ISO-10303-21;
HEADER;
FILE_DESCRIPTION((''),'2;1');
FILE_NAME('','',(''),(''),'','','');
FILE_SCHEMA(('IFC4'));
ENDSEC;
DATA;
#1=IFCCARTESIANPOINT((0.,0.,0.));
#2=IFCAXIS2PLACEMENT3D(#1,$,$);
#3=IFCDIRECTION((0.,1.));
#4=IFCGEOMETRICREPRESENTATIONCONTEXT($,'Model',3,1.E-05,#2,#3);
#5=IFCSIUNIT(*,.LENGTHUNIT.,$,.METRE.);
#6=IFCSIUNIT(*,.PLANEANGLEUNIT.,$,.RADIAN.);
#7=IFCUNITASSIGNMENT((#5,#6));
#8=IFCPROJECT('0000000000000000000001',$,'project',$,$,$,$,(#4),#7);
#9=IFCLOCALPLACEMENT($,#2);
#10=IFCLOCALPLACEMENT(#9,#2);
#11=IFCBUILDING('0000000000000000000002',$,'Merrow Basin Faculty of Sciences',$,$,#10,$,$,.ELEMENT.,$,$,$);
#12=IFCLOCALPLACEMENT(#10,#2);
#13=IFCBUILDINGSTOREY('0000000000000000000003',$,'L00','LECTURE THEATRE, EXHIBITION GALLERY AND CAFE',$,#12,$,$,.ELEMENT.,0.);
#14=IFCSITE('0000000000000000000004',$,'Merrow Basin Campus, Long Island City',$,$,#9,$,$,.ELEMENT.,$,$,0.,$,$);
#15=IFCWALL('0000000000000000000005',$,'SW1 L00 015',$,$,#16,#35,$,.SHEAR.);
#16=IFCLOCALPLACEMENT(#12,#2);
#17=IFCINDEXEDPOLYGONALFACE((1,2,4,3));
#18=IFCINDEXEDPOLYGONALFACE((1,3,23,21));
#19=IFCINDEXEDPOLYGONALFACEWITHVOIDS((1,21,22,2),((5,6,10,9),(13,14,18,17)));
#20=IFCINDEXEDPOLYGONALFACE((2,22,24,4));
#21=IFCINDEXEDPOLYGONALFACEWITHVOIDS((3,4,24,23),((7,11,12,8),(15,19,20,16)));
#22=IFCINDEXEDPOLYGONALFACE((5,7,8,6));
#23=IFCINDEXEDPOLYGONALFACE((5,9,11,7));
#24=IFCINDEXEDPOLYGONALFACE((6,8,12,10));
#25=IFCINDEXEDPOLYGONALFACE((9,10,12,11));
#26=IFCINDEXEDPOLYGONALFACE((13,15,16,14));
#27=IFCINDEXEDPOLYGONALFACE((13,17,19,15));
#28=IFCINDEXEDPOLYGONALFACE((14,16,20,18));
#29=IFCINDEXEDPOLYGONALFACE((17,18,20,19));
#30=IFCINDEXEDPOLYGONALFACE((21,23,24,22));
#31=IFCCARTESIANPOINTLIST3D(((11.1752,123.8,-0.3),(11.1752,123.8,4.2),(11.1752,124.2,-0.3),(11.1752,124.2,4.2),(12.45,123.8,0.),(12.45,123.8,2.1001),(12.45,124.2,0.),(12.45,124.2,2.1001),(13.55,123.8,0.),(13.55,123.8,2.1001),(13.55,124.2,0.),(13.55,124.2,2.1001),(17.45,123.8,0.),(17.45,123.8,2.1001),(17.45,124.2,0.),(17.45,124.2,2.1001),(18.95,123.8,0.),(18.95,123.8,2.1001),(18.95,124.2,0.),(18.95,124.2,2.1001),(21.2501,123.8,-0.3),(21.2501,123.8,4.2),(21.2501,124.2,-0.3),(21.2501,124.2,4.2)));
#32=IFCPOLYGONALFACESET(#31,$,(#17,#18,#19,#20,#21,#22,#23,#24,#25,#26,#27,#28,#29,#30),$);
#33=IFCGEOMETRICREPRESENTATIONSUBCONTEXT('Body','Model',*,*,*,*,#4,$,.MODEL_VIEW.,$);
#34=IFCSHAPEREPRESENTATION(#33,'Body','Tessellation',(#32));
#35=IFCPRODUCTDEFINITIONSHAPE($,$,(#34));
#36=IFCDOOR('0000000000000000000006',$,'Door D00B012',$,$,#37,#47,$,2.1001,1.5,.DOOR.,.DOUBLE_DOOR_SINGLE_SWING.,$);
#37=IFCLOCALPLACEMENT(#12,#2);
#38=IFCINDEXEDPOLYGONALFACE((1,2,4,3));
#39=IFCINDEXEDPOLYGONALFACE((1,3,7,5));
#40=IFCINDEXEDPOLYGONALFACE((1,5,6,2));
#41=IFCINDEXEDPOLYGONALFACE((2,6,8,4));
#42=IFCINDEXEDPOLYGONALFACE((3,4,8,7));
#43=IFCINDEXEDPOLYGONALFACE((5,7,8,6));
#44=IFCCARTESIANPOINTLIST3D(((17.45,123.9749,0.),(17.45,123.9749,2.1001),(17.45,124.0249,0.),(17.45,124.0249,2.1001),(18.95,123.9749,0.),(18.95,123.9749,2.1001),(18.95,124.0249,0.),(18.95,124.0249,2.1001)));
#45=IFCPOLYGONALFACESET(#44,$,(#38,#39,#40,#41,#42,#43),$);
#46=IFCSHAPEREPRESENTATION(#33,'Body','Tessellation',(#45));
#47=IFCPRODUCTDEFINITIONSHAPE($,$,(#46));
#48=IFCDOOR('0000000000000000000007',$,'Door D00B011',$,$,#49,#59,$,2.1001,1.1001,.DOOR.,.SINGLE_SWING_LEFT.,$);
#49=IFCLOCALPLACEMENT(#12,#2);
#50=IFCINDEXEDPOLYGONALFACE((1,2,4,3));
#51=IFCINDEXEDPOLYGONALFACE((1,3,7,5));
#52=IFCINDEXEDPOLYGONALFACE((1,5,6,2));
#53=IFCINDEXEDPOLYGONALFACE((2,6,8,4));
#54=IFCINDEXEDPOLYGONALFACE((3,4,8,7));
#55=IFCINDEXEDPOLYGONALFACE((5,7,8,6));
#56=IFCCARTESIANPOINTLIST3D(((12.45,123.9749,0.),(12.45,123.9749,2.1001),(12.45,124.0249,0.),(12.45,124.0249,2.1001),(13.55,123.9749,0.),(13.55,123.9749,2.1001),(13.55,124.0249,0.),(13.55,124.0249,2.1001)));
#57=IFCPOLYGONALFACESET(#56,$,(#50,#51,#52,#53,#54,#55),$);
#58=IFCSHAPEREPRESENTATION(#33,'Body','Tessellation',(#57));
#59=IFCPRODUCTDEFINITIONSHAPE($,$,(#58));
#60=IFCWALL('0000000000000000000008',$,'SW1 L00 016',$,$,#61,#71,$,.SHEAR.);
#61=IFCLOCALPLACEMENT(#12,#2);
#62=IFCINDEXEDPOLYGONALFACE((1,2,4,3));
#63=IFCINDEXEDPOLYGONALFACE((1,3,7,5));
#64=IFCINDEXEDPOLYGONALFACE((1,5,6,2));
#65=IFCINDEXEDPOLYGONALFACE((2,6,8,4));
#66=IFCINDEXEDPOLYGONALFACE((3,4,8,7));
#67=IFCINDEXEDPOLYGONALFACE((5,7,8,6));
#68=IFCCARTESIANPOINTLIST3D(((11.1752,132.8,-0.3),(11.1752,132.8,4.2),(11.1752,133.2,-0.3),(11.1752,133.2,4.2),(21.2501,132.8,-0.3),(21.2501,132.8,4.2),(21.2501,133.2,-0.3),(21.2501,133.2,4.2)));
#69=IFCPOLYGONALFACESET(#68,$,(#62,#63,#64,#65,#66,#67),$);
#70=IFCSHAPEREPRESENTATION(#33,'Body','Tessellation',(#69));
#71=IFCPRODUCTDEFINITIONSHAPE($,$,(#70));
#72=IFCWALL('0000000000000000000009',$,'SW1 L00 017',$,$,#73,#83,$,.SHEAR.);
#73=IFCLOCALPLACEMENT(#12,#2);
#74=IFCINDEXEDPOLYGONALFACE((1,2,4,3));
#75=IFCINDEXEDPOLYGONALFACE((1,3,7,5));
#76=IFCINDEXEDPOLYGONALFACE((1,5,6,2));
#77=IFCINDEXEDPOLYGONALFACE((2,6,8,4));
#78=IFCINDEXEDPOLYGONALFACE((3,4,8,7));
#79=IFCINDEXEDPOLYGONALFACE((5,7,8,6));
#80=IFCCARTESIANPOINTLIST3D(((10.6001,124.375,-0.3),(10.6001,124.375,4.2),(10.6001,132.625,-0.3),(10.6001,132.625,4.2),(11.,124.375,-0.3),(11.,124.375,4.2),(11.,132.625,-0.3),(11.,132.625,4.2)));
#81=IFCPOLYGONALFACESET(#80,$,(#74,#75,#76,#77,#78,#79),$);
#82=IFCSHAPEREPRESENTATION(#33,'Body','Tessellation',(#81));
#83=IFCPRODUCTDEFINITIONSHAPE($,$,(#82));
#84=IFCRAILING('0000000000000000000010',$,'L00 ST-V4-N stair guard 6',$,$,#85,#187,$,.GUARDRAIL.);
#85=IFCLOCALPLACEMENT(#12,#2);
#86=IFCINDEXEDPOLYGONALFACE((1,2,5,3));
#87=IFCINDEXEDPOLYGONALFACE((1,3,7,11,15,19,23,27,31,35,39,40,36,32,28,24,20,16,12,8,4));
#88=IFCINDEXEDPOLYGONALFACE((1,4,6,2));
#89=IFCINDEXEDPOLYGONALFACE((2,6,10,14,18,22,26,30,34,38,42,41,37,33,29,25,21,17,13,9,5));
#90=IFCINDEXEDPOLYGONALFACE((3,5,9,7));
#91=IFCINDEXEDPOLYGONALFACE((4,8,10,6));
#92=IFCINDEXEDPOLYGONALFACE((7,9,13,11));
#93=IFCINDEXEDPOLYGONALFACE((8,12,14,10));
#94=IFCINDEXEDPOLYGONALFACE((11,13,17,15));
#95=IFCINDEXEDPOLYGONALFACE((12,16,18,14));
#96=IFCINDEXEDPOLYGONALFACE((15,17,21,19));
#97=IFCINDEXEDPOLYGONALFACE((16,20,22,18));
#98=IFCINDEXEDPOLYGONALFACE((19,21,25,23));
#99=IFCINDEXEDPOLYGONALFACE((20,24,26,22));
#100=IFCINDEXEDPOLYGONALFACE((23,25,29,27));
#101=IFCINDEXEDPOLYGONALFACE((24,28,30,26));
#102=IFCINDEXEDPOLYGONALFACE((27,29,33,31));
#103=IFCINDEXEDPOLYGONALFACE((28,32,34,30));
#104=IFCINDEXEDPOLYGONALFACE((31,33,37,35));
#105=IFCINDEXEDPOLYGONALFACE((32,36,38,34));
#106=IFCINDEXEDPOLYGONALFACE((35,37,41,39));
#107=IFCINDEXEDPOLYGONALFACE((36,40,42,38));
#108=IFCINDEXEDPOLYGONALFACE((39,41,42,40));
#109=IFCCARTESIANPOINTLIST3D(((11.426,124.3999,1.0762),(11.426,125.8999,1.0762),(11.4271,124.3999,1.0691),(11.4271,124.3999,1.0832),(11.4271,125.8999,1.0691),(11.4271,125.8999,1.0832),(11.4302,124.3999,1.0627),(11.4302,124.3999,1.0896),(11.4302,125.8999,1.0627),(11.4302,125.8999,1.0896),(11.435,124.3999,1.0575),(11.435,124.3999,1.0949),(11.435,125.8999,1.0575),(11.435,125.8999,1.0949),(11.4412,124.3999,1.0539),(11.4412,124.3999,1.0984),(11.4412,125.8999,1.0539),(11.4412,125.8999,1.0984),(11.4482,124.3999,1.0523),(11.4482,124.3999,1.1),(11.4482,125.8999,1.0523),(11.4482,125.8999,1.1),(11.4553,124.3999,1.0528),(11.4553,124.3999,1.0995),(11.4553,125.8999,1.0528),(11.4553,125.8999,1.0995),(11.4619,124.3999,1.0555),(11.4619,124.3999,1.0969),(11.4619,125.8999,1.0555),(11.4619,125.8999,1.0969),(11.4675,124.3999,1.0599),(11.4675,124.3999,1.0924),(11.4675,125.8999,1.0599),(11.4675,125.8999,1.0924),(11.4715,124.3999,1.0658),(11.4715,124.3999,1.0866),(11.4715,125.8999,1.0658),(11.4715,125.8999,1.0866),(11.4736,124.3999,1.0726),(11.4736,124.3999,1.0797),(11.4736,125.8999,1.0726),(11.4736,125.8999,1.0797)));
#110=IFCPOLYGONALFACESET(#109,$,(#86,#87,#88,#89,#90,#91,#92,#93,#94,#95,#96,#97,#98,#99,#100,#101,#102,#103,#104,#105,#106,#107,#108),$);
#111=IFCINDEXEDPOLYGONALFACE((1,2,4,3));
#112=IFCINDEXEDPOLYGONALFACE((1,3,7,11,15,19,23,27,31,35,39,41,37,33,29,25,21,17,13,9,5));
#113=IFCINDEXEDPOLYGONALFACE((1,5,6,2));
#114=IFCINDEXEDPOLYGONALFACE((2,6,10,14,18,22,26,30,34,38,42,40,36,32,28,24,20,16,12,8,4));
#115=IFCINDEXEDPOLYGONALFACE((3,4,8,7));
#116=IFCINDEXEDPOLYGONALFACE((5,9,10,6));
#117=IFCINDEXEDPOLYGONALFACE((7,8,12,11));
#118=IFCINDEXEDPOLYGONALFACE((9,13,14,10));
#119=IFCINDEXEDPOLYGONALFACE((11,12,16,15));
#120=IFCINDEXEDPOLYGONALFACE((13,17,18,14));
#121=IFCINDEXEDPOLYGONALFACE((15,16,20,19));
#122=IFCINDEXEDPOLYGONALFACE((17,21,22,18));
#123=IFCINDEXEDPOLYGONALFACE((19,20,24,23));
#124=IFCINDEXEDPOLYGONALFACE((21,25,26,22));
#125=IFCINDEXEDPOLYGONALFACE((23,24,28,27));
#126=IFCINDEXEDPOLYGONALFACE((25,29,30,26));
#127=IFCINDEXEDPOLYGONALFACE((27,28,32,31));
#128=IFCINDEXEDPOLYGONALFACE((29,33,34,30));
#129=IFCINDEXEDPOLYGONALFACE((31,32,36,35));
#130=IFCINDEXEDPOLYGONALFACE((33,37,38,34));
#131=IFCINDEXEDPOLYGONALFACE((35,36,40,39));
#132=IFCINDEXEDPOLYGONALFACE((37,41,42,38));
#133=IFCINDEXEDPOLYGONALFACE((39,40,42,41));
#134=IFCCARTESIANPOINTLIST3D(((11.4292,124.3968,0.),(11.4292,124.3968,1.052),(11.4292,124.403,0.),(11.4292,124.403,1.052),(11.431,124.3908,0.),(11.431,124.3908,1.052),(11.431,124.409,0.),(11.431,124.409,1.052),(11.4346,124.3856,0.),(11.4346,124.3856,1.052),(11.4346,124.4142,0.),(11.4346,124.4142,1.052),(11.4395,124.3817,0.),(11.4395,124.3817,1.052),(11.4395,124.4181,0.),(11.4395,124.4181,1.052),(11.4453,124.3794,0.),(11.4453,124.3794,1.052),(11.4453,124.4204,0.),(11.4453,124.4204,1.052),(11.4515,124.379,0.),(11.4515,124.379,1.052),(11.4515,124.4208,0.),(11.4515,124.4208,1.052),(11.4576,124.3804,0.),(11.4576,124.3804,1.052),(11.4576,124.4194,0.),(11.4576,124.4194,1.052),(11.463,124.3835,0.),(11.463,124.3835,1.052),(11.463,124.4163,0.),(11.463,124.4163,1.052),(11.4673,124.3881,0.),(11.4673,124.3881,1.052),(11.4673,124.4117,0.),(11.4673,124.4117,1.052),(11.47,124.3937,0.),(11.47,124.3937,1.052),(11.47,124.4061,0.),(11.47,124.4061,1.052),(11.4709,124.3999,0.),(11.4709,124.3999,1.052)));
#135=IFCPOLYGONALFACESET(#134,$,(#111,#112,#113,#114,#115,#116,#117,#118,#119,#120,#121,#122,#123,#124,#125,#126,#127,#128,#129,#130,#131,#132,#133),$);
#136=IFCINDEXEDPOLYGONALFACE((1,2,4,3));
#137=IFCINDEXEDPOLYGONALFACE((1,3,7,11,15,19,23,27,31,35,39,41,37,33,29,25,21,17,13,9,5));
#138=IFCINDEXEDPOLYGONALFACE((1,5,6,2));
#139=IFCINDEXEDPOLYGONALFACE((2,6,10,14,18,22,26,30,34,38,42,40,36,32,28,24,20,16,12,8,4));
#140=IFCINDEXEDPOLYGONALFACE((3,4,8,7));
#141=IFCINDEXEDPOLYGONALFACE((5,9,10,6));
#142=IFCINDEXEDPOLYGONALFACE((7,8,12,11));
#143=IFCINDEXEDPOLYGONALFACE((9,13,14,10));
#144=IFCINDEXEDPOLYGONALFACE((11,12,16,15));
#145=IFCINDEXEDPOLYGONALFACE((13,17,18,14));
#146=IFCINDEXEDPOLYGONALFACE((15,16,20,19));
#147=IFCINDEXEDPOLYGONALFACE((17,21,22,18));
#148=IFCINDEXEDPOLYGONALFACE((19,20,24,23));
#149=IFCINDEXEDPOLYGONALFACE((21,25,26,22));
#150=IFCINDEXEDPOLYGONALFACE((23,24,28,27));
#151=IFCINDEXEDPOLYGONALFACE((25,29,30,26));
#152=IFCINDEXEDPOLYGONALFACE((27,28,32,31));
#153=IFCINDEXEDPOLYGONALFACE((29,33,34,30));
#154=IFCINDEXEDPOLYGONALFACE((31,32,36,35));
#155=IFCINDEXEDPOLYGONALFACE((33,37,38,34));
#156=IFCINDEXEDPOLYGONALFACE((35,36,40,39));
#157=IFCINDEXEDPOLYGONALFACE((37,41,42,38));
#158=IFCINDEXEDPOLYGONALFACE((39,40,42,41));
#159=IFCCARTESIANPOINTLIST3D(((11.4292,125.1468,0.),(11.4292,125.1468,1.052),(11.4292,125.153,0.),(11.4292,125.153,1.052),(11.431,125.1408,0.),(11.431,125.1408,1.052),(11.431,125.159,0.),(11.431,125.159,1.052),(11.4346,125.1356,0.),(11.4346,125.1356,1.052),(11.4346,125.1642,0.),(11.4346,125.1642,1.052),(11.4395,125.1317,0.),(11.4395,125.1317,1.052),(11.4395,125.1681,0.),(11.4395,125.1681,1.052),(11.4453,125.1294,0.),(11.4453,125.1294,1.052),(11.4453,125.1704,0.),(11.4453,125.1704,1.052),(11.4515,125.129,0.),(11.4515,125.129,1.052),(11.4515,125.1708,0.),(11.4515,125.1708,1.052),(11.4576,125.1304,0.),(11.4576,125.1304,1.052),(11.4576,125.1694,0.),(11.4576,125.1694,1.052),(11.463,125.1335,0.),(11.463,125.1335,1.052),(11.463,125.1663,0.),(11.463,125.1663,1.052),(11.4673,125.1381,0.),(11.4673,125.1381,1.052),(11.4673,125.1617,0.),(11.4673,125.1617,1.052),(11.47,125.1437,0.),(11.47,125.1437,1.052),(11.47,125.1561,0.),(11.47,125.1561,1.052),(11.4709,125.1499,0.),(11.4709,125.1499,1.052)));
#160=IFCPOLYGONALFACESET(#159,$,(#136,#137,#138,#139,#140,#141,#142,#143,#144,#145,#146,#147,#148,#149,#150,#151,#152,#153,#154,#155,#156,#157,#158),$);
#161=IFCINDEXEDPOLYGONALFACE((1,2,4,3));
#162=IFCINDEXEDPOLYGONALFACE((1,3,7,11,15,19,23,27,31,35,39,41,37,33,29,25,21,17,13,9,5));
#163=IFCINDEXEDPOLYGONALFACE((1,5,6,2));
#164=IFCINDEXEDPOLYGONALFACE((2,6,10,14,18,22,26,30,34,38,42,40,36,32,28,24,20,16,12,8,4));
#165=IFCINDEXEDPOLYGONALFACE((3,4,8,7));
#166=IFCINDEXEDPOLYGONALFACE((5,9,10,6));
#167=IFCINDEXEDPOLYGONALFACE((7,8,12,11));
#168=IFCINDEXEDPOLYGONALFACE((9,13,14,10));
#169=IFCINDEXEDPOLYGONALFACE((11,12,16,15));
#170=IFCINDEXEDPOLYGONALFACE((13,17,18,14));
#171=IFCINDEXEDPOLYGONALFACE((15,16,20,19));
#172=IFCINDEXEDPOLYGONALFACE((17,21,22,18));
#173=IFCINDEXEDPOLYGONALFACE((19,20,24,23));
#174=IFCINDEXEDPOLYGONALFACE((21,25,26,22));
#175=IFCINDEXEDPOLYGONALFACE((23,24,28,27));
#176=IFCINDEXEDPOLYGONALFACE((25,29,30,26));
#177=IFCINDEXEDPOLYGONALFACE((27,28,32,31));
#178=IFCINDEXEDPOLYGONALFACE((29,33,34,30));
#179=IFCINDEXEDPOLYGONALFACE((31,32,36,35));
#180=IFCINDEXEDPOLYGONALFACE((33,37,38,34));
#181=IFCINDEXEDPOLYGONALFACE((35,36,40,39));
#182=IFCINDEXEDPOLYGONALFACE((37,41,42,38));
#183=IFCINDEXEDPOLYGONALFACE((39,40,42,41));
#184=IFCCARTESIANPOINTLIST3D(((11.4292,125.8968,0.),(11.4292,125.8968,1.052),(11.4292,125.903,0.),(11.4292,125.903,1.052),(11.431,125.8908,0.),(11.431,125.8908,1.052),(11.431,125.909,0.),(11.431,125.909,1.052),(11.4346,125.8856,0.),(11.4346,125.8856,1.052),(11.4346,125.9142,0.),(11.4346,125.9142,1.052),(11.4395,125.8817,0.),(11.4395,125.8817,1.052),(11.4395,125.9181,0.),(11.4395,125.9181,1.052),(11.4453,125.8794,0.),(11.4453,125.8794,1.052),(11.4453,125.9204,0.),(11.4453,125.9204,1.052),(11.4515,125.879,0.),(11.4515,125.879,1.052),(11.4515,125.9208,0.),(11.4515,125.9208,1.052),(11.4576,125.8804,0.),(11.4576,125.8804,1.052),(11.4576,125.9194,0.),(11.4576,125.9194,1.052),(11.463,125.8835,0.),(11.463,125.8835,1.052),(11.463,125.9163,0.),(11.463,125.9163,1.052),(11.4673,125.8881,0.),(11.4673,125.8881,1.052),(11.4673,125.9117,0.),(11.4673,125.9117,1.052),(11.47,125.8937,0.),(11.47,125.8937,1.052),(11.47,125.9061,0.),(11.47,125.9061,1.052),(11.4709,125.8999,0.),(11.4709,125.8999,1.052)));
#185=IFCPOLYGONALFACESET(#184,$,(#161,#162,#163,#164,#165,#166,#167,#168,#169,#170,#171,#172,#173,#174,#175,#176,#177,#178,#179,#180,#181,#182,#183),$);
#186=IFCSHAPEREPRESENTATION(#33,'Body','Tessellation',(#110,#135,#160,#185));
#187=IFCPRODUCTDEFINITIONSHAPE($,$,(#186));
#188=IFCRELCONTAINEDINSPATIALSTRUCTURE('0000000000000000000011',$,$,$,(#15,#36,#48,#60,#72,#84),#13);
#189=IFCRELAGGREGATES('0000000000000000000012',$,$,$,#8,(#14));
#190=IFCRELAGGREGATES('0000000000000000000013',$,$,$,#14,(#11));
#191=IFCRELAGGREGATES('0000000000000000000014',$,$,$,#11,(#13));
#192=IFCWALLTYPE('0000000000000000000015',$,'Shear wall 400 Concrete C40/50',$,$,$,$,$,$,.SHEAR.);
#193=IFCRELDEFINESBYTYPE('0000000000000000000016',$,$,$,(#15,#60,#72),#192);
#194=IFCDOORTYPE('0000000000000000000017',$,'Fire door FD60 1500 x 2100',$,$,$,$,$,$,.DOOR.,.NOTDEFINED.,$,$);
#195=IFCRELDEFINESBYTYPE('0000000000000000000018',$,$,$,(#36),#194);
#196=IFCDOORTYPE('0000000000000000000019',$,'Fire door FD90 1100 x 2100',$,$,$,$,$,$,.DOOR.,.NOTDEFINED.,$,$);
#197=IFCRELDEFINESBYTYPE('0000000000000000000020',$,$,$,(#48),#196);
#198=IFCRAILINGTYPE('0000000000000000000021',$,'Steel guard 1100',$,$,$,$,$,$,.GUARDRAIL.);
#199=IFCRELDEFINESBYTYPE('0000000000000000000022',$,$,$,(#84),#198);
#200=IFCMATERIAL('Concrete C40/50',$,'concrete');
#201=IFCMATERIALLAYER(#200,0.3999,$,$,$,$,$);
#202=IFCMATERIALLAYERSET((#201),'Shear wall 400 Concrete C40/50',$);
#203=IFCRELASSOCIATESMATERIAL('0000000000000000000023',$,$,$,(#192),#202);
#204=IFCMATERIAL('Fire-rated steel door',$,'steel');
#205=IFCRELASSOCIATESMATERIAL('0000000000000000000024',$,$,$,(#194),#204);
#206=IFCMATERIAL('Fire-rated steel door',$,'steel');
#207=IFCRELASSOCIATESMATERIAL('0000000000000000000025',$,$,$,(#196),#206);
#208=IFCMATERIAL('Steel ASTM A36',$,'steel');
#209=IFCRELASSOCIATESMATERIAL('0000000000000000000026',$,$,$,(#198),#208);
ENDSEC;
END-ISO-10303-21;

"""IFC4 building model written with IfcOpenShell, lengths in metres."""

from ifc_helpers import new_model, si_unit, direction, frame, frame_2d, origin, origin_2d, place, context, subcontext, project, spatial, rectangle, circle, extrude, material, layer, layer_set, type_object, element, fill, save


model = new_model("IFC4")

# Units and contexts
model_context = context("Model", 3, precision=1e-05, world=origin(), true_north=direction((0.0, 1.0)))
body_context = subcontext(model_context, "Body", "Model", "MODEL_VIEW")
ifc_project = project(units=[si_unit("LENGTHUNIT", "METRE"), si_unit("PLANEANGLEUNIT", "RADIAN")], contexts=[model_context])

# Site, building, storey
site_placement = place(None, origin())
site = spatial("IfcSite", under=ifc_project, at=site_placement, Name="Merrow Basin Campus, Long Island City", CompositionType="ELEMENT", RefElevation=0.0)
building_placement = place(site_placement, origin())
building = spatial("IfcBuilding", under=site, at=building_placement, Name="Merrow Basin Faculty of Sciences", CompositionType="ELEMENT")
storey_placement = place(building_placement, origin())
storey = spatial("IfcBuildingStorey", under=building, at=storey_placement, Name="L00", Description="LECTURE THEATRE, EXHIBITION GALLERY AND CAFE", CompositionType="ELEMENT", Elevation=0.0)

# Wall, openings, doors
ifc_material_1 = material(Name="Concrete C40/50", Category="concrete")
ifc_layer_1 = layer(ifc_material_1, 0.3999)
ifc_layer_set_1 = layer_set([ifc_layer_1], Name="Shear wall 400 Concrete C40/50")
wall_type_1 = type_object("IfcWallType", Name="Shear wall 400 Concrete C40/50", PredefinedType="SHEAR", material=ifc_layer_set_1)
wall_1_placement = place(storey_placement, frame((11.175, 124.0, -0.3), z_axis=(0.0, 0.0, 1.0), x_axis=(1.0, 0.0, 0.0)))
wall_1 = element("IfcWall", 1, at=wall_1_placement, inside=storey, type_object=wall_type_1, Name="SW1 L00 015", PredefinedType="SHEAR", context=body_context, shape_type="SweptSolid", body=[
    extrude(rectangle(XDim=10.075, YDim=0.3999, at=frame_2d((5.0376, 0.0))), origin(), (0.0, 0.0, 1.0), 4.5),
])
opening_1_placement = place(wall_1_placement, frame((1.2749, 0.0, 0.3)))
opening_1 = element("IfcOpeningElement", 2, at=opening_1_placement, cuts=wall_1, PredefinedType="OPENING", context=body_context, shape_type="SweptSolid", body=[
    extrude(rectangle(XDim=1.1001, YDim=2.1001, at=frame_2d((0.55, 1.05))), frame((0.0, 0.21, 0.0), z_axis=(0.0, -1.0, 0.0), x_axis=(1.0, 0.0, 0.0)), (0.0, 0.0, 1.0), 0.4199),
])
opening_2_placement = place(wall_1_placement, frame((6.2749, 0.0, 0.3)))
opening_2 = element("IfcOpeningElement", 3, at=opening_2_placement, cuts=wall_1, PredefinedType="OPENING", context=body_context, shape_type="SweptSolid", body=[
    extrude(rectangle(XDim=1.5, YDim=2.1001, at=frame_2d((0.75, 1.05))), frame((0.0, 0.21, 0.0), z_axis=(0.0, -1.0, 0.0), x_axis=(1.0, 0.0, 0.0)), (0.0, 0.0, 1.0), 0.4199),
])
ifc_material_2 = material(Name="Fire-rated steel door", Category="steel")
door_type_1 = type_object("IfcDoorType", Name="Fire door FD60 1500 x 2100", OperationType="NOTDEFINED", PredefinedType="DOOR", material=ifc_material_2)
door_1_placement = place(opening_2_placement, origin())
door_1 = element("IfcDoor", 4, at=door_1_placement, inside=storey, type_object=door_type_1, Name="Door D00B012", OperationType="DOUBLE_DOOR_SINGLE_SWING", OverallHeight=2.1001, OverallWidth=1.5, PredefinedType="DOOR", context=body_context, shape_type="SweptSolid", body=[
    extrude(rectangle(XDim=1.5, YDim=2.1001, at=frame_2d((0.75, 1.05))), frame((0.0, 0.0249, 0.0), z_axis=(0.0, -1.0, 0.0), x_axis=(1.0, 0.0, 0.0)), (0.0, 0.0, 1.0), 0.05),
])
fill(opening_2, door_1)
ifc_material_3 = material(Name="Fire-rated steel door", Category="steel")
door_type_2 = type_object("IfcDoorType", Name="Fire door FD90 1100 x 2100", OperationType="NOTDEFINED", PredefinedType="DOOR", material=ifc_material_3)
door_2_placement = place(opening_1_placement, origin())
door_2 = element("IfcDoor", 5, at=door_2_placement, inside=storey, type_object=door_type_2, Name="Door D00B011", OperationType="SINGLE_SWING_LEFT", OverallHeight=2.1001, OverallWidth=1.1001, PredefinedType="DOOR", context=body_context, shape_type="SweptSolid", body=[
    extrude(rectangle(XDim=1.1001, YDim=2.1001, at=frame_2d((0.55, 1.05))), frame((0.0, 0.0249, 0.0), z_axis=(0.0, -1.0, 0.0), x_axis=(1.0, 0.0, 0.0)), (0.0, 0.0, 1.0), 0.05),
])
fill(opening_1, door_2)

# Walls
wall_2_placement = place(storey_placement, frame((11.175, 133.0, -0.3), z_axis=(0.0, 0.0, 1.0), x_axis=(1.0, 0.0, 0.0)))
element("IfcWall", 6, at=wall_2_placement, inside=storey, type_object=wall_type_1, Name="SW1 L00 016", PredefinedType="SHEAR", context=body_context, shape_type="SweptSolid", body=[
    extrude(rectangle(XDim=10.075, YDim=0.3999, at=frame_2d((5.0376, 0.0))), origin(), (0.0, 0.0, 1.0), 4.5),
])
wall_3_placement = place(storey_placement, frame((10.8, 124.375, -0.3), z_axis=(0.0, 0.0, 1.0), x_axis=(0.0, 1.0, 0.0)))
element("IfcWall", 7, at=wall_3_placement, inside=storey, type_object=wall_type_1, Name="SW1 L00 017", PredefinedType="SHEAR", context=body_context, shape_type="SweptSolid", body=[
    extrude(rectangle(XDim=8.25, YDim=0.3999, at=frame_2d((4.125, 0.0))), origin(), (0.0, 0.0, 1.0), 4.5),
])

# Railing
ifc_material_4 = material(Name="Steel ASTM A36", Category="steel")
railing_type = type_object("IfcRailingType", Name="Steel guard 1100", PredefinedType="GUARDRAIL", material=ifc_material_4)
railing_placement = place(storey_placement, frame((11.45, 124.3999, 0.0)))
element("IfcRailing", 8, at=railing_placement, inside=storey, type_object=railing_type, Name="L00 ST-V4-N stair guard 6", PredefinedType="GUARDRAIL", context=body_context, shape_type="SweptSolid", body=[
    extrude(circle(Radius=0.0239, at=origin_2d()), frame((0.0, 0.0, 1.0762), z_axis=(0.0, 1.0, 0.0), x_axis=(-1.0, 0.0, 0.0)), (0.0, 0.0, 1.0), 1.5),
    extrude(circle(Radius=0.021, at=origin_2d()), origin(), (0.0, 0.0, 1.0), 1.052),
    extrude(circle(Radius=0.021, at=origin_2d()), frame((0.0, 0.75, 0.0)), (0.0, 0.0, 1.0), 1.052),
    extrude(circle(Radius=0.021, at=origin_2d()), frame((0.0, 1.5, 0.0)), (0.0, 0.0, 1.0), 1.052),
])

save(model, "model.ifc")
